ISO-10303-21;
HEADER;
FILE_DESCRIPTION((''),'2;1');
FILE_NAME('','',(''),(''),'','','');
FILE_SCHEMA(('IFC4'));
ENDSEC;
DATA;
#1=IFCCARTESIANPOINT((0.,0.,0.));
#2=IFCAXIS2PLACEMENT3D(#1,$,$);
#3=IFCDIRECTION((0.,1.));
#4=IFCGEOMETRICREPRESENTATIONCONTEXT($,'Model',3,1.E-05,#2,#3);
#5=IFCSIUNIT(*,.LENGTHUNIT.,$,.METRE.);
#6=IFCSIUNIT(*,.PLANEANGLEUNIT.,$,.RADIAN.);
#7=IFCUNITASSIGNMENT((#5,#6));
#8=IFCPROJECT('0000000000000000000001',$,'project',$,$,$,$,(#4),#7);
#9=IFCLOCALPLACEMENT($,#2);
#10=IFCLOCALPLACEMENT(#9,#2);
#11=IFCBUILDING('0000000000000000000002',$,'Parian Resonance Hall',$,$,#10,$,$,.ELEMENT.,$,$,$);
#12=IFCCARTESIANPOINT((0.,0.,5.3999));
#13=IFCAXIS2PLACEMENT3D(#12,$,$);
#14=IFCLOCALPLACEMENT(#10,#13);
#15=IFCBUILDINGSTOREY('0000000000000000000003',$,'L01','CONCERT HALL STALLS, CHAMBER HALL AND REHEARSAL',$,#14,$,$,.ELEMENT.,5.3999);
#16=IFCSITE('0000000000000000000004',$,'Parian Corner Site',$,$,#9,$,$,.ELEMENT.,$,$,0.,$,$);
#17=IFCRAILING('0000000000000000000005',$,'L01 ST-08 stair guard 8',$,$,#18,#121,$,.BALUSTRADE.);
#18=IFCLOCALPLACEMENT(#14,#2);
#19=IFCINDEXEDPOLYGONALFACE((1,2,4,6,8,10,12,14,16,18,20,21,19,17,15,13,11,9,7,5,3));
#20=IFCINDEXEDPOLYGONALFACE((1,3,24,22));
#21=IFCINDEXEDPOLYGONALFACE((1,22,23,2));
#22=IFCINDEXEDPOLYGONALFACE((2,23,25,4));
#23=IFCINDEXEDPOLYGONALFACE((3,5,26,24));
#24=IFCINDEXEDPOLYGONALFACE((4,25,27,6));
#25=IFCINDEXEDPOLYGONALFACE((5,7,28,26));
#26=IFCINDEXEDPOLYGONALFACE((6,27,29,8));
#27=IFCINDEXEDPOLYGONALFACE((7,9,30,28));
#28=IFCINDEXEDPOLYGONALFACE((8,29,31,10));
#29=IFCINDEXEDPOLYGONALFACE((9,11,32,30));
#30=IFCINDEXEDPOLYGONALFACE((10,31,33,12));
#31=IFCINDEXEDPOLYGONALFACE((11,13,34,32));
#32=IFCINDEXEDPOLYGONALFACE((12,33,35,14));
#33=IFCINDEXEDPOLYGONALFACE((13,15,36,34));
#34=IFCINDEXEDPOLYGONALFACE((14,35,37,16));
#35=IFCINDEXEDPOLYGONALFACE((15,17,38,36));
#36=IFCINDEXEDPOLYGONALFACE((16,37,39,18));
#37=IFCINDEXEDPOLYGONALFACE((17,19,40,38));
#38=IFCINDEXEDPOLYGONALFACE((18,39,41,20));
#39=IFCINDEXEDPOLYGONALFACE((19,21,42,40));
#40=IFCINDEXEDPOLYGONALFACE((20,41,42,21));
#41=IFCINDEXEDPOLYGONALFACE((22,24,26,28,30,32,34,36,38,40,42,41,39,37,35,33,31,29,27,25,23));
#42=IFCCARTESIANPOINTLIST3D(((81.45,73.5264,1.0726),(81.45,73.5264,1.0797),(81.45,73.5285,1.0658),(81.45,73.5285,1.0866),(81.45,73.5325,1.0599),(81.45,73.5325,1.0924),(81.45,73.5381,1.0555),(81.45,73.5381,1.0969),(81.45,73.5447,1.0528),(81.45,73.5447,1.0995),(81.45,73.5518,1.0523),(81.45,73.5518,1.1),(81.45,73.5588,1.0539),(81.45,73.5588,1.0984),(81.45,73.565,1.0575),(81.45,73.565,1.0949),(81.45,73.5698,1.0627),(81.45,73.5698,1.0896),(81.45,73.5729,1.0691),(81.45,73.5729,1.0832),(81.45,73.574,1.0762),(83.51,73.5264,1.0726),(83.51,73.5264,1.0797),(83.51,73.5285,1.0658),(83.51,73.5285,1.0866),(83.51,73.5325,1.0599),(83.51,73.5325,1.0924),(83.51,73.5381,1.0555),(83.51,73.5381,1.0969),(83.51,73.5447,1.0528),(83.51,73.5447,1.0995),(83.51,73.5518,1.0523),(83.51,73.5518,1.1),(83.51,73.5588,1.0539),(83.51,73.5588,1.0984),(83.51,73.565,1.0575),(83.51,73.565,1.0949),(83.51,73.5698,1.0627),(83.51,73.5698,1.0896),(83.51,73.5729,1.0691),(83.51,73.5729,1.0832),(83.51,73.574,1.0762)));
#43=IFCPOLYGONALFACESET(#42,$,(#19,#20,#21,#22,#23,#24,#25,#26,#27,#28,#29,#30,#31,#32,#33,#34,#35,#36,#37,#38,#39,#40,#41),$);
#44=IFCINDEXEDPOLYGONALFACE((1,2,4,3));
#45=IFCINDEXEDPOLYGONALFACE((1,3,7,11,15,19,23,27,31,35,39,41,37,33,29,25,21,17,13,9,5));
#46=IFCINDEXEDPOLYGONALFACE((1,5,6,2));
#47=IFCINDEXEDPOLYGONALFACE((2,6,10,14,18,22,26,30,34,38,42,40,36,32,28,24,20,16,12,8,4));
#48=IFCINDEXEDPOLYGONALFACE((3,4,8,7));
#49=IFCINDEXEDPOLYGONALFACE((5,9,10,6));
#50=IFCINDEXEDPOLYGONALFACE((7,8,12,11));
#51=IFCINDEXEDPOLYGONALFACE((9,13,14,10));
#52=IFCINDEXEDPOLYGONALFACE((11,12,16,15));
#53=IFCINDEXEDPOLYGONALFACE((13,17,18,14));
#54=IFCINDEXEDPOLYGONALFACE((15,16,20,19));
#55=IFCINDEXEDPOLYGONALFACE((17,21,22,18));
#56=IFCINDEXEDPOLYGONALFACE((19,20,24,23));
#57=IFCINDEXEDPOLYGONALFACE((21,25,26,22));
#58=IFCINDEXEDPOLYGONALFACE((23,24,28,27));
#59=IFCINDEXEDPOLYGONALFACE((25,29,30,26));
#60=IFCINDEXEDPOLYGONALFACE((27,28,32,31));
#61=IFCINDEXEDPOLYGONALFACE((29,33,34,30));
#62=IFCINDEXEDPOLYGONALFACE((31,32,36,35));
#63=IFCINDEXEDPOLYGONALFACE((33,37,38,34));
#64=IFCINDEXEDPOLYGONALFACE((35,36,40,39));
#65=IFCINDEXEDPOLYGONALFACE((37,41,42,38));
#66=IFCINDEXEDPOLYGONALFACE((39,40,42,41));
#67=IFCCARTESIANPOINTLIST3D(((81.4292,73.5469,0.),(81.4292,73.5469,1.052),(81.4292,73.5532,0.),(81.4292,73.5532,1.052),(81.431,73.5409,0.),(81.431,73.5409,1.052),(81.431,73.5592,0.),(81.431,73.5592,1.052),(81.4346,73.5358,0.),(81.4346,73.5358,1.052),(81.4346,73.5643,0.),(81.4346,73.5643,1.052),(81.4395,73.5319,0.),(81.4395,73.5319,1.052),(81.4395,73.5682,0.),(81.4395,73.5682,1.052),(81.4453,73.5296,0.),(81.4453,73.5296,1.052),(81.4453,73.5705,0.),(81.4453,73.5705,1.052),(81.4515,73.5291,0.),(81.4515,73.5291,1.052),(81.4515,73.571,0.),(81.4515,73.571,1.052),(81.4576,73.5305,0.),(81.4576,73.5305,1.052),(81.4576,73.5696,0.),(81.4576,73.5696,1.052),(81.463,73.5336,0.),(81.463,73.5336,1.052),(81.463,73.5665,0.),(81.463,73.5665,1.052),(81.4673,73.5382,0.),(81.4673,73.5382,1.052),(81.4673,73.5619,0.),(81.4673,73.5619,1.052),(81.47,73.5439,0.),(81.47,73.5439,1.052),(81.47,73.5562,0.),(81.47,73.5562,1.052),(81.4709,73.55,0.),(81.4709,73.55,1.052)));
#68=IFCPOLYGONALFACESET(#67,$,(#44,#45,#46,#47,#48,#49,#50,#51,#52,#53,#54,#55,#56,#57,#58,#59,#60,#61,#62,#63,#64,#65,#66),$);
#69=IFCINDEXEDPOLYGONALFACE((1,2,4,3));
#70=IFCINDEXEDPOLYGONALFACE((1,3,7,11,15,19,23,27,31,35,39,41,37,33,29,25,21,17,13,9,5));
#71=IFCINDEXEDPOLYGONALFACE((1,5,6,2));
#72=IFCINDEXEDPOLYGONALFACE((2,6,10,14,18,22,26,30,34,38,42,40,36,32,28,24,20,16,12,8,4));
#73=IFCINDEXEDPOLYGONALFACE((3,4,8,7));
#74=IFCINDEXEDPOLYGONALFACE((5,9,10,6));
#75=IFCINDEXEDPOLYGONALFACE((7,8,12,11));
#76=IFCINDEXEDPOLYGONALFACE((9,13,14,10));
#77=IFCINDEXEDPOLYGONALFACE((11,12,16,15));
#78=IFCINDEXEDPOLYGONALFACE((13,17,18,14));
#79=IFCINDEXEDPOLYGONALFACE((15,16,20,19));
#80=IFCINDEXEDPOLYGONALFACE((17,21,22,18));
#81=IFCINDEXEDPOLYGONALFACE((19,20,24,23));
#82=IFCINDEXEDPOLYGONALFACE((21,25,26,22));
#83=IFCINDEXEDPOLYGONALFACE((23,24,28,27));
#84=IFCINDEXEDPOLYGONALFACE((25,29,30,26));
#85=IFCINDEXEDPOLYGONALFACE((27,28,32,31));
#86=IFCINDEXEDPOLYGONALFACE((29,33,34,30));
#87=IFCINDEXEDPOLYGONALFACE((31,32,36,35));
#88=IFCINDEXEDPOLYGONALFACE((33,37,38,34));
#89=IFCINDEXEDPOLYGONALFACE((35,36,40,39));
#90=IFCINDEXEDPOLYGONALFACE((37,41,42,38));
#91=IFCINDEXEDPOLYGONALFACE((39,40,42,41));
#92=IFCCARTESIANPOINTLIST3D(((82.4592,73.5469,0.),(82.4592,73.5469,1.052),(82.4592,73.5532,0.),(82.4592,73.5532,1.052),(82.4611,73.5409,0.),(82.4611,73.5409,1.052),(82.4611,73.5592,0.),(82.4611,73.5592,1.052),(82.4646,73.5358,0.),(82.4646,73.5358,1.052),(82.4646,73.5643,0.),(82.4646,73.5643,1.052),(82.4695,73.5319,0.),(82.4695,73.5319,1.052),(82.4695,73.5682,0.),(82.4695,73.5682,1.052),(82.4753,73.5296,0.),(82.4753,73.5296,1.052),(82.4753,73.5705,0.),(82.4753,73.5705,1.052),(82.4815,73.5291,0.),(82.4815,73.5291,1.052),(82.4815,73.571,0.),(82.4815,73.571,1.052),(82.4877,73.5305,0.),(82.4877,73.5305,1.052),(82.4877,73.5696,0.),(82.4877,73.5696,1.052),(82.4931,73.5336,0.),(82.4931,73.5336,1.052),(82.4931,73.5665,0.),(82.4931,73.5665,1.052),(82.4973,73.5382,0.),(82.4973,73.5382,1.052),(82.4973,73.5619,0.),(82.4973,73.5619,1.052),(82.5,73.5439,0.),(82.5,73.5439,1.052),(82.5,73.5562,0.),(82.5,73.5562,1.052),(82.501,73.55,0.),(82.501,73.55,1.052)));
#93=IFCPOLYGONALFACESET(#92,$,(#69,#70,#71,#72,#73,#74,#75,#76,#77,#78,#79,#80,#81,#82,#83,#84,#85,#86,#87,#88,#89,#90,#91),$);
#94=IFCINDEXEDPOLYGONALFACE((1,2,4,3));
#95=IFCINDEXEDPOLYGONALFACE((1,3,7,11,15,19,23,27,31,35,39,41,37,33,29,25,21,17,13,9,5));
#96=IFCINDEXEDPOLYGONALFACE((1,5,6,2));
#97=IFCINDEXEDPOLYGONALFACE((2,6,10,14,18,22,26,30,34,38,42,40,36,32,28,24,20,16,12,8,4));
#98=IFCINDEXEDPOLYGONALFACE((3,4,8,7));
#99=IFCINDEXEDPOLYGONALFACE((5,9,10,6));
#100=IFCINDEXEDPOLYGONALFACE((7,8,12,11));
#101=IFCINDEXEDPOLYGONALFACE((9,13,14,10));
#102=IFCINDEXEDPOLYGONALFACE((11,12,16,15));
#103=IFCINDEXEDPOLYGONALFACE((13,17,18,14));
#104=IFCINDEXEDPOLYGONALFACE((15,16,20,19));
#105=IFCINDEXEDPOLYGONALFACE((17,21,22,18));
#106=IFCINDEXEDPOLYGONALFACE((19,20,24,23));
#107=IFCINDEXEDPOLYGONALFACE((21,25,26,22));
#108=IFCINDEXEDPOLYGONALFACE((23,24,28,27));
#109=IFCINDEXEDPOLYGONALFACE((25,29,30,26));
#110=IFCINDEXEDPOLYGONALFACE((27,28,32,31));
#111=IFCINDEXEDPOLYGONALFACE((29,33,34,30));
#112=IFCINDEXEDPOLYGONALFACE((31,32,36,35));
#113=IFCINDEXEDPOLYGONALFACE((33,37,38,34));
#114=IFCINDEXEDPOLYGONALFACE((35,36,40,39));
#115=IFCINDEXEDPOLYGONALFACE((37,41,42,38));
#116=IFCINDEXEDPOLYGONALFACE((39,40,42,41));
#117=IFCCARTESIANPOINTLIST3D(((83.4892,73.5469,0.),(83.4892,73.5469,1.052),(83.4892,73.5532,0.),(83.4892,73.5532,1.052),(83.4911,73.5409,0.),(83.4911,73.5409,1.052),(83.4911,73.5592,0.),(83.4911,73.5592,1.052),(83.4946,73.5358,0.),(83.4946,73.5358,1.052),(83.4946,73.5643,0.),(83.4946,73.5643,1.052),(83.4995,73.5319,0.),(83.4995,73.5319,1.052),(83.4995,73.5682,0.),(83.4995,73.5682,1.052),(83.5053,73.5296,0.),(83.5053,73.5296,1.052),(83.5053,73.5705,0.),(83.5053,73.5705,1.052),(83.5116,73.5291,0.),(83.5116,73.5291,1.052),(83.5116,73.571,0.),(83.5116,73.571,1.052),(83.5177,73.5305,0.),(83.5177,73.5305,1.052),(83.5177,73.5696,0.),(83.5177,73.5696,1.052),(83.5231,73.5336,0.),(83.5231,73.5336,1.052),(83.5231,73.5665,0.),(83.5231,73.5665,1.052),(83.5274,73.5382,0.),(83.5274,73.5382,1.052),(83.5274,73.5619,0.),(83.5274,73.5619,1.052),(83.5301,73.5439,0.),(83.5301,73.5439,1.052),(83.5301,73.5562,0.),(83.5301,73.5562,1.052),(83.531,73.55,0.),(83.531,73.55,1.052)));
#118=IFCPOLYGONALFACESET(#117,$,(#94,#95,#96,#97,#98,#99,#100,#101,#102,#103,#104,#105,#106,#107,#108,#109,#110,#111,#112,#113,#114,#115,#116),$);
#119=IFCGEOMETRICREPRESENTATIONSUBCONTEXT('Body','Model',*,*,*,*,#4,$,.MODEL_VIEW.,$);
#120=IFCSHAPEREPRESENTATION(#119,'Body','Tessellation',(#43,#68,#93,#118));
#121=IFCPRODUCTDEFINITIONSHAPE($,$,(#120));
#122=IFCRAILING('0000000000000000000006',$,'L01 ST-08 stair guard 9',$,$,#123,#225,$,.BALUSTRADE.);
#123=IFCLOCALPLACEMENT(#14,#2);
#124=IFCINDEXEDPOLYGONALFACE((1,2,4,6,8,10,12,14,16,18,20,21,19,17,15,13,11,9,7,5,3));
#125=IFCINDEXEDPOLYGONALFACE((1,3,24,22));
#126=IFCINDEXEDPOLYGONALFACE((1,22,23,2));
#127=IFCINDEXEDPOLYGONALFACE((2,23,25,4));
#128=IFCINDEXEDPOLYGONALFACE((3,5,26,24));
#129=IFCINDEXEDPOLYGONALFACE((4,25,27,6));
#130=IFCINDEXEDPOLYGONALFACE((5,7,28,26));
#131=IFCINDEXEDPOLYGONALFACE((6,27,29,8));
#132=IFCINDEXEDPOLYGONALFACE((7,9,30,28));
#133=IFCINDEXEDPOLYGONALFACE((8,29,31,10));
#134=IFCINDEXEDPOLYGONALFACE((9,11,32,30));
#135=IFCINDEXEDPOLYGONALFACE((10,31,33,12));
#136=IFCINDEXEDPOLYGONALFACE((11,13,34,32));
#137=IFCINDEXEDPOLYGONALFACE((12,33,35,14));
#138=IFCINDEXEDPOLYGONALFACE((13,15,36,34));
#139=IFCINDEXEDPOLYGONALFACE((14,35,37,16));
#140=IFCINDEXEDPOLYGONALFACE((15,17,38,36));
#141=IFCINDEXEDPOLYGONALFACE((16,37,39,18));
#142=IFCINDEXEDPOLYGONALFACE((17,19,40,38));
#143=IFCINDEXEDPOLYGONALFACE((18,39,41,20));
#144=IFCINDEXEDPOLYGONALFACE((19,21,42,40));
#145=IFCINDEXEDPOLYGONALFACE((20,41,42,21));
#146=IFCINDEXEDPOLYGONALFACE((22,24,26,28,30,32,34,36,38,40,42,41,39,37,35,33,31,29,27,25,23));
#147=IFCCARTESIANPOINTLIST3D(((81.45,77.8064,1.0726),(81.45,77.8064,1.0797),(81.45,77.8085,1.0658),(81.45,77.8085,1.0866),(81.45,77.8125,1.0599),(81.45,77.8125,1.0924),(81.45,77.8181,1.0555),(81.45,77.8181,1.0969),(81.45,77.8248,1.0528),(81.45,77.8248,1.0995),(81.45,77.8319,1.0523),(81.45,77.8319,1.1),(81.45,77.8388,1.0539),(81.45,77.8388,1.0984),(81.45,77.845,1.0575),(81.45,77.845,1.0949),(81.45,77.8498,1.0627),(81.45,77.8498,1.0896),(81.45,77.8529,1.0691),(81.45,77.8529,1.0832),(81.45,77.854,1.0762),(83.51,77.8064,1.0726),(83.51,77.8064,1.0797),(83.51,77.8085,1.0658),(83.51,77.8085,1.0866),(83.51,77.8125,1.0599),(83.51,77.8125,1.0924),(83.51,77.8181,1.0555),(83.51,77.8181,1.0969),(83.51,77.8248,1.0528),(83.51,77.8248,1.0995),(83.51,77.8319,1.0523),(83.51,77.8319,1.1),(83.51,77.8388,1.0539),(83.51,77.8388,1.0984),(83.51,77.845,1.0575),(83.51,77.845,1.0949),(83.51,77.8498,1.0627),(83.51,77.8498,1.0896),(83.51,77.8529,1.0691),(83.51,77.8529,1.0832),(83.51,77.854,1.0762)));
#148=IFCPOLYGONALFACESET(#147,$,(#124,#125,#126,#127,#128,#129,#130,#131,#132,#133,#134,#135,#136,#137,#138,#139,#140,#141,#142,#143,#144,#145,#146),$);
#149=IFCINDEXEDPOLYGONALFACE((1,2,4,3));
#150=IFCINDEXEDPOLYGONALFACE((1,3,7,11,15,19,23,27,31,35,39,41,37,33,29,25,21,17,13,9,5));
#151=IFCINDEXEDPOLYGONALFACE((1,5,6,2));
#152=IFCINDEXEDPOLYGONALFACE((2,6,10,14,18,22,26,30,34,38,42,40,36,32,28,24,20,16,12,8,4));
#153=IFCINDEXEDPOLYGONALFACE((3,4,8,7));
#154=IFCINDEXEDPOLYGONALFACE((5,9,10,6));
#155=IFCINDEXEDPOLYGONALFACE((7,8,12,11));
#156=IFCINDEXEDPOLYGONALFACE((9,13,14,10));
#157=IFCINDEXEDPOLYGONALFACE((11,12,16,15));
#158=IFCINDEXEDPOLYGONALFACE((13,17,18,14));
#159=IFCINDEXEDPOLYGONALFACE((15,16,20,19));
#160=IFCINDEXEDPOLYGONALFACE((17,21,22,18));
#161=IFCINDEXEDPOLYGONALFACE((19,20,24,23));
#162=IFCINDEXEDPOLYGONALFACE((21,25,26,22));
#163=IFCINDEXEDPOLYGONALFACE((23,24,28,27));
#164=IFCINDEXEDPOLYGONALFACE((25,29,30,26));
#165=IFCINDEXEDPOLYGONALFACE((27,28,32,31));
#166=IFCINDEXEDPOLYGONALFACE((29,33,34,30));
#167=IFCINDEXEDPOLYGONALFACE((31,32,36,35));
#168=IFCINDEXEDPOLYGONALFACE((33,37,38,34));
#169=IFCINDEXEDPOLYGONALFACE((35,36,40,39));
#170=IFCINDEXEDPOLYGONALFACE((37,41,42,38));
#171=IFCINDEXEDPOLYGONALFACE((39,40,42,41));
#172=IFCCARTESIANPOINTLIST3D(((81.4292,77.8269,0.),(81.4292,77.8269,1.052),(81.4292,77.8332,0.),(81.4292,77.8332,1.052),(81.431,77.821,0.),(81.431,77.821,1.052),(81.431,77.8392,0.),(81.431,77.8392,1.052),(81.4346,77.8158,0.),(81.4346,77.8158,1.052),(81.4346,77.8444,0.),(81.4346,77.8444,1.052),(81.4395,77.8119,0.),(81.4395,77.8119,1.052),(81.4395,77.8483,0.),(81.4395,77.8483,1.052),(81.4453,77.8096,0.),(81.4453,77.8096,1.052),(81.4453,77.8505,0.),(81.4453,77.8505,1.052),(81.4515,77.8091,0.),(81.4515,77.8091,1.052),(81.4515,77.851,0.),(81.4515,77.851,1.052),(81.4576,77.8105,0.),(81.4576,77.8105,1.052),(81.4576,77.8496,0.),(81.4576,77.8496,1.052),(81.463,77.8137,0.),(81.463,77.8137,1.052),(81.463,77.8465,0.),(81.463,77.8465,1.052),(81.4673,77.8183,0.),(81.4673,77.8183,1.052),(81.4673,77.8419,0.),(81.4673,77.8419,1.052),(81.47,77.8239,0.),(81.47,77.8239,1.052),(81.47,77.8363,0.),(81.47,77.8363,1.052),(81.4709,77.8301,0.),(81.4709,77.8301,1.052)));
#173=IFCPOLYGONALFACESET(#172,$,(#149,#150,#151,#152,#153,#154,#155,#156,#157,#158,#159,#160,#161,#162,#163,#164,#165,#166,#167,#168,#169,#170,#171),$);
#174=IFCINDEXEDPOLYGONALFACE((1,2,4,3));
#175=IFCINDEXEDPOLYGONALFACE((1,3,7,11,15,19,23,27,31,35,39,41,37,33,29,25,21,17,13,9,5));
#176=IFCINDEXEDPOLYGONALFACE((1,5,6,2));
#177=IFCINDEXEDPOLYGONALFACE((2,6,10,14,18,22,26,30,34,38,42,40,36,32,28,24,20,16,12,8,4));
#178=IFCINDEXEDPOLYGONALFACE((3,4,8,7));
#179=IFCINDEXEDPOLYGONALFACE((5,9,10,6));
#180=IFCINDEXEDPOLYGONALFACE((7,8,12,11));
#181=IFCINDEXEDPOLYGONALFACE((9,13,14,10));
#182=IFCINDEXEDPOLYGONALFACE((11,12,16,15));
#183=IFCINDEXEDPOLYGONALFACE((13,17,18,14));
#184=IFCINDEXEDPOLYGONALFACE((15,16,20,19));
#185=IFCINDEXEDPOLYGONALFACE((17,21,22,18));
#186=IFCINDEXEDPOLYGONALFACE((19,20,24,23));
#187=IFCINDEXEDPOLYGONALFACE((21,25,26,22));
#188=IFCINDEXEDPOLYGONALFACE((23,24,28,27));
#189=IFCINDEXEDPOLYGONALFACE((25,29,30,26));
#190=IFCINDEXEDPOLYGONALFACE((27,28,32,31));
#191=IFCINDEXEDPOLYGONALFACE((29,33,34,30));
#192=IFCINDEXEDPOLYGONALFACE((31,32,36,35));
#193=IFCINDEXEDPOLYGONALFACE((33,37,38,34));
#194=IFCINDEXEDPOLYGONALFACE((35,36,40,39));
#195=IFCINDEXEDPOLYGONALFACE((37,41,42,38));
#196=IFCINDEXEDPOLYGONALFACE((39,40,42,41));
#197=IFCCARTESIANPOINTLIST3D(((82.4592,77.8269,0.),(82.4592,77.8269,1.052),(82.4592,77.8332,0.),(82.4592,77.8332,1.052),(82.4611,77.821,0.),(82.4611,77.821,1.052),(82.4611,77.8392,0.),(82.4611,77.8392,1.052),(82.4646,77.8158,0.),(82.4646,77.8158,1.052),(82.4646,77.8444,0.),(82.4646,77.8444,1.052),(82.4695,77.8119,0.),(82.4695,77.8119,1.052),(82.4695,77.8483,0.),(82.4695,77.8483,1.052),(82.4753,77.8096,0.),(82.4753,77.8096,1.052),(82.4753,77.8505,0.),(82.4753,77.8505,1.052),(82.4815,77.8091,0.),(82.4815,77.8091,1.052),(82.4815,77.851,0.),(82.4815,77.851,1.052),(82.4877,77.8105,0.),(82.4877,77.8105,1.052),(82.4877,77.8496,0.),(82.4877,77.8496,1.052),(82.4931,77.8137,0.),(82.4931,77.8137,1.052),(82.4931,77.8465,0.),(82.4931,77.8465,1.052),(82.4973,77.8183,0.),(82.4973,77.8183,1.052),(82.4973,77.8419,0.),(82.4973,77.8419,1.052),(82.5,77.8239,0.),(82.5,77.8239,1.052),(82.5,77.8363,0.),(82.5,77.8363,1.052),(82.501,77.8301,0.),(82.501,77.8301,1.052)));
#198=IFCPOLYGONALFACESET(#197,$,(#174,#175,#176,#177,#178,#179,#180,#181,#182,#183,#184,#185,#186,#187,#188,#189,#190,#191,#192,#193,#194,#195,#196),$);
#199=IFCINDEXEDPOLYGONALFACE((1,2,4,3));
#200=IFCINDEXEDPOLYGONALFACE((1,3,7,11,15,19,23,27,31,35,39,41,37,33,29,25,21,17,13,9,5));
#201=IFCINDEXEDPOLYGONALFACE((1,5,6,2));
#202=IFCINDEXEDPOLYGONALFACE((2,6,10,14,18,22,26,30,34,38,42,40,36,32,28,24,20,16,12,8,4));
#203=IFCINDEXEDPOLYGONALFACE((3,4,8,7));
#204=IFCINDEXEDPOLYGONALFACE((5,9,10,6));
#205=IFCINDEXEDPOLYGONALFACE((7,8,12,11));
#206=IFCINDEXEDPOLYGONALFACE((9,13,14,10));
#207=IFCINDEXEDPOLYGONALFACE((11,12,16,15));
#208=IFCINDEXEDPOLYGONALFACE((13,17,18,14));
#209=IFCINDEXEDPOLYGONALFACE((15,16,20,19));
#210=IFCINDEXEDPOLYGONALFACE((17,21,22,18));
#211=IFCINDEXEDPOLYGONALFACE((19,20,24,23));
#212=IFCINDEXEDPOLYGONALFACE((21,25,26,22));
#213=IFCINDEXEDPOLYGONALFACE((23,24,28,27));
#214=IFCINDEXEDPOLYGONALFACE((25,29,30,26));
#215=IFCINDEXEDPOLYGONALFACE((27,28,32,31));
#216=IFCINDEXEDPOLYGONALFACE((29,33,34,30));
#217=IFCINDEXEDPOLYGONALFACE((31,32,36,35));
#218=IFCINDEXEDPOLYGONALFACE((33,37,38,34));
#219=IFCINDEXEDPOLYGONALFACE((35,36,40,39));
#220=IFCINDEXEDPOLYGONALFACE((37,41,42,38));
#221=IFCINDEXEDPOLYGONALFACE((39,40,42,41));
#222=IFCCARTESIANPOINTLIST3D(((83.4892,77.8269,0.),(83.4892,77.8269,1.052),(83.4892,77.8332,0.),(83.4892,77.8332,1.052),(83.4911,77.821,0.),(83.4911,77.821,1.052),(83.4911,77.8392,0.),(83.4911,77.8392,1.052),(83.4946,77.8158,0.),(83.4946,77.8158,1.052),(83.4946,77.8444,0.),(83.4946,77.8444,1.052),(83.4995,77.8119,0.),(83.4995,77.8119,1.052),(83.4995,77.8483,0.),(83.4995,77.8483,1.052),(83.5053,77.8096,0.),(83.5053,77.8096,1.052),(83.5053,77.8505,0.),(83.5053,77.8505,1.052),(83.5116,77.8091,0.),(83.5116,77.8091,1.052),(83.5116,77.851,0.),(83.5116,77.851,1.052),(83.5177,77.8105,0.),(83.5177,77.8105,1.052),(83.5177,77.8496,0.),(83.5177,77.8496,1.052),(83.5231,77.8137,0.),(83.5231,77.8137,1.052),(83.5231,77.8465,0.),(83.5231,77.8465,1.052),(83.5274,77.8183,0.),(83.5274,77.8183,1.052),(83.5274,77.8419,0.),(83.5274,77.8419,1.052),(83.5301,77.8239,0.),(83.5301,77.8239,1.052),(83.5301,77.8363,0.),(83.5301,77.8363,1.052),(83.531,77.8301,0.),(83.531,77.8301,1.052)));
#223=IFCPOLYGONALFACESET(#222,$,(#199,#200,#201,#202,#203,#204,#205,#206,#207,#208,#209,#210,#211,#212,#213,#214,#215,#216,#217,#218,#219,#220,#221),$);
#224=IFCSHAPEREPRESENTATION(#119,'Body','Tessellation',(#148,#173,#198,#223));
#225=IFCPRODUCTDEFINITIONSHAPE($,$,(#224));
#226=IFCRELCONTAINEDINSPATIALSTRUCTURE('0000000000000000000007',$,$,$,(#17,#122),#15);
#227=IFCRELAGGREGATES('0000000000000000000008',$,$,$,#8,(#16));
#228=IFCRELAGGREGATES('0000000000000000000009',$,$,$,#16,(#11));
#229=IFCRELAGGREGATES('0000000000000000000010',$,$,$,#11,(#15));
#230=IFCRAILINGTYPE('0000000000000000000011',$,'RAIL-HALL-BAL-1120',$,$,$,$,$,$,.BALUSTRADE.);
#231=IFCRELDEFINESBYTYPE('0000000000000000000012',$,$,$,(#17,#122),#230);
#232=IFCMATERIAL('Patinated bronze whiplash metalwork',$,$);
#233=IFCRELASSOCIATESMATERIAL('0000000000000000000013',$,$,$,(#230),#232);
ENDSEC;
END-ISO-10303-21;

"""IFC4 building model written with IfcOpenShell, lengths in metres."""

from ifc_helpers import new_model, si_unit, direction, frame, origin, origin_2d, place, context, subcontext, project, spatial, circle, extrude, material, type_object, element, save


model = new_model("IFC4")

# Units and contexts
model_context = context("Model", 3, precision=1e-05, world=origin(), true_north=direction((0.0, 1.0)))
body_context = subcontext(model_context, "Body", "Model", "MODEL_VIEW")
ifc_project = project(units=[si_unit("LENGTHUNIT", "METRE"), si_unit("PLANEANGLEUNIT", "RADIAN")], contexts=[model_context])

# Site, building, storey
site_placement = place(None, origin())
site = spatial("IfcSite", under=ifc_project, at=site_placement, Name="Parian Corner Site", CompositionType="ELEMENT", RefElevation=0.0)
building_placement = place(site_placement, origin())
building = spatial("IfcBuilding", under=site, at=building_placement, Name="Parian Resonance Hall", CompositionType="ELEMENT")
storey_placement = place(building_placement, frame((0.0, 0.0, 5.3999)))
storey = spatial("IfcBuildingStorey", under=building, at=storey_placement, Name="L01", Description="CONCERT HALL STALLS, CHAMBER HALL AND REHEARSAL", CompositionType="ELEMENT", Elevation=5.3999)

# Railings
ifc_material_1 = material(Name="Patinated bronze whiplash metalwork")
railing_type = type_object("IfcRailingType", Name="RAIL-HALL-BAL-1120", PredefinedType="BALUSTRADE", material=ifc_material_1)
for number, where, name in (
    (1, (81.45, 73.55, 0.0), "L01 ST-08 stair guard 8"),
    (2, (81.45, 77.8301, 0.0), "L01 ST-08 stair guard 9"),
):
    element("IfcRailing", number, at=place(storey_placement, frame(where)), inside=storey, type_object=railing_type, Name=name, PredefinedType="BALUSTRADE", context=body_context, shape_type="SweptSolid", body=[
        extrude(circle(Radius=0.0239, at=origin_2d()), frame((0.0, 0.0, 1.0762), z_axis=(1.0, 0.0, 0.0), x_axis=(0.0, 1.0, 0.0)), (0.0, 0.0, 1.0), 2.0601),
        extrude(circle(Radius=0.021, at=origin_2d()), origin(), (0.0, 0.0, 1.0), 1.052),
        extrude(circle(Radius=0.021, at=origin_2d()), frame((1.03, 0.0, 0.0)), (0.0, 0.0, 1.0), 1.052),
        extrude(circle(Radius=0.021, at=origin_2d()), frame((2.0601, 0.0, 0.0)), (0.0, 0.0, 1.0), 1.052),
    ])

save(model, "model.ifc")
